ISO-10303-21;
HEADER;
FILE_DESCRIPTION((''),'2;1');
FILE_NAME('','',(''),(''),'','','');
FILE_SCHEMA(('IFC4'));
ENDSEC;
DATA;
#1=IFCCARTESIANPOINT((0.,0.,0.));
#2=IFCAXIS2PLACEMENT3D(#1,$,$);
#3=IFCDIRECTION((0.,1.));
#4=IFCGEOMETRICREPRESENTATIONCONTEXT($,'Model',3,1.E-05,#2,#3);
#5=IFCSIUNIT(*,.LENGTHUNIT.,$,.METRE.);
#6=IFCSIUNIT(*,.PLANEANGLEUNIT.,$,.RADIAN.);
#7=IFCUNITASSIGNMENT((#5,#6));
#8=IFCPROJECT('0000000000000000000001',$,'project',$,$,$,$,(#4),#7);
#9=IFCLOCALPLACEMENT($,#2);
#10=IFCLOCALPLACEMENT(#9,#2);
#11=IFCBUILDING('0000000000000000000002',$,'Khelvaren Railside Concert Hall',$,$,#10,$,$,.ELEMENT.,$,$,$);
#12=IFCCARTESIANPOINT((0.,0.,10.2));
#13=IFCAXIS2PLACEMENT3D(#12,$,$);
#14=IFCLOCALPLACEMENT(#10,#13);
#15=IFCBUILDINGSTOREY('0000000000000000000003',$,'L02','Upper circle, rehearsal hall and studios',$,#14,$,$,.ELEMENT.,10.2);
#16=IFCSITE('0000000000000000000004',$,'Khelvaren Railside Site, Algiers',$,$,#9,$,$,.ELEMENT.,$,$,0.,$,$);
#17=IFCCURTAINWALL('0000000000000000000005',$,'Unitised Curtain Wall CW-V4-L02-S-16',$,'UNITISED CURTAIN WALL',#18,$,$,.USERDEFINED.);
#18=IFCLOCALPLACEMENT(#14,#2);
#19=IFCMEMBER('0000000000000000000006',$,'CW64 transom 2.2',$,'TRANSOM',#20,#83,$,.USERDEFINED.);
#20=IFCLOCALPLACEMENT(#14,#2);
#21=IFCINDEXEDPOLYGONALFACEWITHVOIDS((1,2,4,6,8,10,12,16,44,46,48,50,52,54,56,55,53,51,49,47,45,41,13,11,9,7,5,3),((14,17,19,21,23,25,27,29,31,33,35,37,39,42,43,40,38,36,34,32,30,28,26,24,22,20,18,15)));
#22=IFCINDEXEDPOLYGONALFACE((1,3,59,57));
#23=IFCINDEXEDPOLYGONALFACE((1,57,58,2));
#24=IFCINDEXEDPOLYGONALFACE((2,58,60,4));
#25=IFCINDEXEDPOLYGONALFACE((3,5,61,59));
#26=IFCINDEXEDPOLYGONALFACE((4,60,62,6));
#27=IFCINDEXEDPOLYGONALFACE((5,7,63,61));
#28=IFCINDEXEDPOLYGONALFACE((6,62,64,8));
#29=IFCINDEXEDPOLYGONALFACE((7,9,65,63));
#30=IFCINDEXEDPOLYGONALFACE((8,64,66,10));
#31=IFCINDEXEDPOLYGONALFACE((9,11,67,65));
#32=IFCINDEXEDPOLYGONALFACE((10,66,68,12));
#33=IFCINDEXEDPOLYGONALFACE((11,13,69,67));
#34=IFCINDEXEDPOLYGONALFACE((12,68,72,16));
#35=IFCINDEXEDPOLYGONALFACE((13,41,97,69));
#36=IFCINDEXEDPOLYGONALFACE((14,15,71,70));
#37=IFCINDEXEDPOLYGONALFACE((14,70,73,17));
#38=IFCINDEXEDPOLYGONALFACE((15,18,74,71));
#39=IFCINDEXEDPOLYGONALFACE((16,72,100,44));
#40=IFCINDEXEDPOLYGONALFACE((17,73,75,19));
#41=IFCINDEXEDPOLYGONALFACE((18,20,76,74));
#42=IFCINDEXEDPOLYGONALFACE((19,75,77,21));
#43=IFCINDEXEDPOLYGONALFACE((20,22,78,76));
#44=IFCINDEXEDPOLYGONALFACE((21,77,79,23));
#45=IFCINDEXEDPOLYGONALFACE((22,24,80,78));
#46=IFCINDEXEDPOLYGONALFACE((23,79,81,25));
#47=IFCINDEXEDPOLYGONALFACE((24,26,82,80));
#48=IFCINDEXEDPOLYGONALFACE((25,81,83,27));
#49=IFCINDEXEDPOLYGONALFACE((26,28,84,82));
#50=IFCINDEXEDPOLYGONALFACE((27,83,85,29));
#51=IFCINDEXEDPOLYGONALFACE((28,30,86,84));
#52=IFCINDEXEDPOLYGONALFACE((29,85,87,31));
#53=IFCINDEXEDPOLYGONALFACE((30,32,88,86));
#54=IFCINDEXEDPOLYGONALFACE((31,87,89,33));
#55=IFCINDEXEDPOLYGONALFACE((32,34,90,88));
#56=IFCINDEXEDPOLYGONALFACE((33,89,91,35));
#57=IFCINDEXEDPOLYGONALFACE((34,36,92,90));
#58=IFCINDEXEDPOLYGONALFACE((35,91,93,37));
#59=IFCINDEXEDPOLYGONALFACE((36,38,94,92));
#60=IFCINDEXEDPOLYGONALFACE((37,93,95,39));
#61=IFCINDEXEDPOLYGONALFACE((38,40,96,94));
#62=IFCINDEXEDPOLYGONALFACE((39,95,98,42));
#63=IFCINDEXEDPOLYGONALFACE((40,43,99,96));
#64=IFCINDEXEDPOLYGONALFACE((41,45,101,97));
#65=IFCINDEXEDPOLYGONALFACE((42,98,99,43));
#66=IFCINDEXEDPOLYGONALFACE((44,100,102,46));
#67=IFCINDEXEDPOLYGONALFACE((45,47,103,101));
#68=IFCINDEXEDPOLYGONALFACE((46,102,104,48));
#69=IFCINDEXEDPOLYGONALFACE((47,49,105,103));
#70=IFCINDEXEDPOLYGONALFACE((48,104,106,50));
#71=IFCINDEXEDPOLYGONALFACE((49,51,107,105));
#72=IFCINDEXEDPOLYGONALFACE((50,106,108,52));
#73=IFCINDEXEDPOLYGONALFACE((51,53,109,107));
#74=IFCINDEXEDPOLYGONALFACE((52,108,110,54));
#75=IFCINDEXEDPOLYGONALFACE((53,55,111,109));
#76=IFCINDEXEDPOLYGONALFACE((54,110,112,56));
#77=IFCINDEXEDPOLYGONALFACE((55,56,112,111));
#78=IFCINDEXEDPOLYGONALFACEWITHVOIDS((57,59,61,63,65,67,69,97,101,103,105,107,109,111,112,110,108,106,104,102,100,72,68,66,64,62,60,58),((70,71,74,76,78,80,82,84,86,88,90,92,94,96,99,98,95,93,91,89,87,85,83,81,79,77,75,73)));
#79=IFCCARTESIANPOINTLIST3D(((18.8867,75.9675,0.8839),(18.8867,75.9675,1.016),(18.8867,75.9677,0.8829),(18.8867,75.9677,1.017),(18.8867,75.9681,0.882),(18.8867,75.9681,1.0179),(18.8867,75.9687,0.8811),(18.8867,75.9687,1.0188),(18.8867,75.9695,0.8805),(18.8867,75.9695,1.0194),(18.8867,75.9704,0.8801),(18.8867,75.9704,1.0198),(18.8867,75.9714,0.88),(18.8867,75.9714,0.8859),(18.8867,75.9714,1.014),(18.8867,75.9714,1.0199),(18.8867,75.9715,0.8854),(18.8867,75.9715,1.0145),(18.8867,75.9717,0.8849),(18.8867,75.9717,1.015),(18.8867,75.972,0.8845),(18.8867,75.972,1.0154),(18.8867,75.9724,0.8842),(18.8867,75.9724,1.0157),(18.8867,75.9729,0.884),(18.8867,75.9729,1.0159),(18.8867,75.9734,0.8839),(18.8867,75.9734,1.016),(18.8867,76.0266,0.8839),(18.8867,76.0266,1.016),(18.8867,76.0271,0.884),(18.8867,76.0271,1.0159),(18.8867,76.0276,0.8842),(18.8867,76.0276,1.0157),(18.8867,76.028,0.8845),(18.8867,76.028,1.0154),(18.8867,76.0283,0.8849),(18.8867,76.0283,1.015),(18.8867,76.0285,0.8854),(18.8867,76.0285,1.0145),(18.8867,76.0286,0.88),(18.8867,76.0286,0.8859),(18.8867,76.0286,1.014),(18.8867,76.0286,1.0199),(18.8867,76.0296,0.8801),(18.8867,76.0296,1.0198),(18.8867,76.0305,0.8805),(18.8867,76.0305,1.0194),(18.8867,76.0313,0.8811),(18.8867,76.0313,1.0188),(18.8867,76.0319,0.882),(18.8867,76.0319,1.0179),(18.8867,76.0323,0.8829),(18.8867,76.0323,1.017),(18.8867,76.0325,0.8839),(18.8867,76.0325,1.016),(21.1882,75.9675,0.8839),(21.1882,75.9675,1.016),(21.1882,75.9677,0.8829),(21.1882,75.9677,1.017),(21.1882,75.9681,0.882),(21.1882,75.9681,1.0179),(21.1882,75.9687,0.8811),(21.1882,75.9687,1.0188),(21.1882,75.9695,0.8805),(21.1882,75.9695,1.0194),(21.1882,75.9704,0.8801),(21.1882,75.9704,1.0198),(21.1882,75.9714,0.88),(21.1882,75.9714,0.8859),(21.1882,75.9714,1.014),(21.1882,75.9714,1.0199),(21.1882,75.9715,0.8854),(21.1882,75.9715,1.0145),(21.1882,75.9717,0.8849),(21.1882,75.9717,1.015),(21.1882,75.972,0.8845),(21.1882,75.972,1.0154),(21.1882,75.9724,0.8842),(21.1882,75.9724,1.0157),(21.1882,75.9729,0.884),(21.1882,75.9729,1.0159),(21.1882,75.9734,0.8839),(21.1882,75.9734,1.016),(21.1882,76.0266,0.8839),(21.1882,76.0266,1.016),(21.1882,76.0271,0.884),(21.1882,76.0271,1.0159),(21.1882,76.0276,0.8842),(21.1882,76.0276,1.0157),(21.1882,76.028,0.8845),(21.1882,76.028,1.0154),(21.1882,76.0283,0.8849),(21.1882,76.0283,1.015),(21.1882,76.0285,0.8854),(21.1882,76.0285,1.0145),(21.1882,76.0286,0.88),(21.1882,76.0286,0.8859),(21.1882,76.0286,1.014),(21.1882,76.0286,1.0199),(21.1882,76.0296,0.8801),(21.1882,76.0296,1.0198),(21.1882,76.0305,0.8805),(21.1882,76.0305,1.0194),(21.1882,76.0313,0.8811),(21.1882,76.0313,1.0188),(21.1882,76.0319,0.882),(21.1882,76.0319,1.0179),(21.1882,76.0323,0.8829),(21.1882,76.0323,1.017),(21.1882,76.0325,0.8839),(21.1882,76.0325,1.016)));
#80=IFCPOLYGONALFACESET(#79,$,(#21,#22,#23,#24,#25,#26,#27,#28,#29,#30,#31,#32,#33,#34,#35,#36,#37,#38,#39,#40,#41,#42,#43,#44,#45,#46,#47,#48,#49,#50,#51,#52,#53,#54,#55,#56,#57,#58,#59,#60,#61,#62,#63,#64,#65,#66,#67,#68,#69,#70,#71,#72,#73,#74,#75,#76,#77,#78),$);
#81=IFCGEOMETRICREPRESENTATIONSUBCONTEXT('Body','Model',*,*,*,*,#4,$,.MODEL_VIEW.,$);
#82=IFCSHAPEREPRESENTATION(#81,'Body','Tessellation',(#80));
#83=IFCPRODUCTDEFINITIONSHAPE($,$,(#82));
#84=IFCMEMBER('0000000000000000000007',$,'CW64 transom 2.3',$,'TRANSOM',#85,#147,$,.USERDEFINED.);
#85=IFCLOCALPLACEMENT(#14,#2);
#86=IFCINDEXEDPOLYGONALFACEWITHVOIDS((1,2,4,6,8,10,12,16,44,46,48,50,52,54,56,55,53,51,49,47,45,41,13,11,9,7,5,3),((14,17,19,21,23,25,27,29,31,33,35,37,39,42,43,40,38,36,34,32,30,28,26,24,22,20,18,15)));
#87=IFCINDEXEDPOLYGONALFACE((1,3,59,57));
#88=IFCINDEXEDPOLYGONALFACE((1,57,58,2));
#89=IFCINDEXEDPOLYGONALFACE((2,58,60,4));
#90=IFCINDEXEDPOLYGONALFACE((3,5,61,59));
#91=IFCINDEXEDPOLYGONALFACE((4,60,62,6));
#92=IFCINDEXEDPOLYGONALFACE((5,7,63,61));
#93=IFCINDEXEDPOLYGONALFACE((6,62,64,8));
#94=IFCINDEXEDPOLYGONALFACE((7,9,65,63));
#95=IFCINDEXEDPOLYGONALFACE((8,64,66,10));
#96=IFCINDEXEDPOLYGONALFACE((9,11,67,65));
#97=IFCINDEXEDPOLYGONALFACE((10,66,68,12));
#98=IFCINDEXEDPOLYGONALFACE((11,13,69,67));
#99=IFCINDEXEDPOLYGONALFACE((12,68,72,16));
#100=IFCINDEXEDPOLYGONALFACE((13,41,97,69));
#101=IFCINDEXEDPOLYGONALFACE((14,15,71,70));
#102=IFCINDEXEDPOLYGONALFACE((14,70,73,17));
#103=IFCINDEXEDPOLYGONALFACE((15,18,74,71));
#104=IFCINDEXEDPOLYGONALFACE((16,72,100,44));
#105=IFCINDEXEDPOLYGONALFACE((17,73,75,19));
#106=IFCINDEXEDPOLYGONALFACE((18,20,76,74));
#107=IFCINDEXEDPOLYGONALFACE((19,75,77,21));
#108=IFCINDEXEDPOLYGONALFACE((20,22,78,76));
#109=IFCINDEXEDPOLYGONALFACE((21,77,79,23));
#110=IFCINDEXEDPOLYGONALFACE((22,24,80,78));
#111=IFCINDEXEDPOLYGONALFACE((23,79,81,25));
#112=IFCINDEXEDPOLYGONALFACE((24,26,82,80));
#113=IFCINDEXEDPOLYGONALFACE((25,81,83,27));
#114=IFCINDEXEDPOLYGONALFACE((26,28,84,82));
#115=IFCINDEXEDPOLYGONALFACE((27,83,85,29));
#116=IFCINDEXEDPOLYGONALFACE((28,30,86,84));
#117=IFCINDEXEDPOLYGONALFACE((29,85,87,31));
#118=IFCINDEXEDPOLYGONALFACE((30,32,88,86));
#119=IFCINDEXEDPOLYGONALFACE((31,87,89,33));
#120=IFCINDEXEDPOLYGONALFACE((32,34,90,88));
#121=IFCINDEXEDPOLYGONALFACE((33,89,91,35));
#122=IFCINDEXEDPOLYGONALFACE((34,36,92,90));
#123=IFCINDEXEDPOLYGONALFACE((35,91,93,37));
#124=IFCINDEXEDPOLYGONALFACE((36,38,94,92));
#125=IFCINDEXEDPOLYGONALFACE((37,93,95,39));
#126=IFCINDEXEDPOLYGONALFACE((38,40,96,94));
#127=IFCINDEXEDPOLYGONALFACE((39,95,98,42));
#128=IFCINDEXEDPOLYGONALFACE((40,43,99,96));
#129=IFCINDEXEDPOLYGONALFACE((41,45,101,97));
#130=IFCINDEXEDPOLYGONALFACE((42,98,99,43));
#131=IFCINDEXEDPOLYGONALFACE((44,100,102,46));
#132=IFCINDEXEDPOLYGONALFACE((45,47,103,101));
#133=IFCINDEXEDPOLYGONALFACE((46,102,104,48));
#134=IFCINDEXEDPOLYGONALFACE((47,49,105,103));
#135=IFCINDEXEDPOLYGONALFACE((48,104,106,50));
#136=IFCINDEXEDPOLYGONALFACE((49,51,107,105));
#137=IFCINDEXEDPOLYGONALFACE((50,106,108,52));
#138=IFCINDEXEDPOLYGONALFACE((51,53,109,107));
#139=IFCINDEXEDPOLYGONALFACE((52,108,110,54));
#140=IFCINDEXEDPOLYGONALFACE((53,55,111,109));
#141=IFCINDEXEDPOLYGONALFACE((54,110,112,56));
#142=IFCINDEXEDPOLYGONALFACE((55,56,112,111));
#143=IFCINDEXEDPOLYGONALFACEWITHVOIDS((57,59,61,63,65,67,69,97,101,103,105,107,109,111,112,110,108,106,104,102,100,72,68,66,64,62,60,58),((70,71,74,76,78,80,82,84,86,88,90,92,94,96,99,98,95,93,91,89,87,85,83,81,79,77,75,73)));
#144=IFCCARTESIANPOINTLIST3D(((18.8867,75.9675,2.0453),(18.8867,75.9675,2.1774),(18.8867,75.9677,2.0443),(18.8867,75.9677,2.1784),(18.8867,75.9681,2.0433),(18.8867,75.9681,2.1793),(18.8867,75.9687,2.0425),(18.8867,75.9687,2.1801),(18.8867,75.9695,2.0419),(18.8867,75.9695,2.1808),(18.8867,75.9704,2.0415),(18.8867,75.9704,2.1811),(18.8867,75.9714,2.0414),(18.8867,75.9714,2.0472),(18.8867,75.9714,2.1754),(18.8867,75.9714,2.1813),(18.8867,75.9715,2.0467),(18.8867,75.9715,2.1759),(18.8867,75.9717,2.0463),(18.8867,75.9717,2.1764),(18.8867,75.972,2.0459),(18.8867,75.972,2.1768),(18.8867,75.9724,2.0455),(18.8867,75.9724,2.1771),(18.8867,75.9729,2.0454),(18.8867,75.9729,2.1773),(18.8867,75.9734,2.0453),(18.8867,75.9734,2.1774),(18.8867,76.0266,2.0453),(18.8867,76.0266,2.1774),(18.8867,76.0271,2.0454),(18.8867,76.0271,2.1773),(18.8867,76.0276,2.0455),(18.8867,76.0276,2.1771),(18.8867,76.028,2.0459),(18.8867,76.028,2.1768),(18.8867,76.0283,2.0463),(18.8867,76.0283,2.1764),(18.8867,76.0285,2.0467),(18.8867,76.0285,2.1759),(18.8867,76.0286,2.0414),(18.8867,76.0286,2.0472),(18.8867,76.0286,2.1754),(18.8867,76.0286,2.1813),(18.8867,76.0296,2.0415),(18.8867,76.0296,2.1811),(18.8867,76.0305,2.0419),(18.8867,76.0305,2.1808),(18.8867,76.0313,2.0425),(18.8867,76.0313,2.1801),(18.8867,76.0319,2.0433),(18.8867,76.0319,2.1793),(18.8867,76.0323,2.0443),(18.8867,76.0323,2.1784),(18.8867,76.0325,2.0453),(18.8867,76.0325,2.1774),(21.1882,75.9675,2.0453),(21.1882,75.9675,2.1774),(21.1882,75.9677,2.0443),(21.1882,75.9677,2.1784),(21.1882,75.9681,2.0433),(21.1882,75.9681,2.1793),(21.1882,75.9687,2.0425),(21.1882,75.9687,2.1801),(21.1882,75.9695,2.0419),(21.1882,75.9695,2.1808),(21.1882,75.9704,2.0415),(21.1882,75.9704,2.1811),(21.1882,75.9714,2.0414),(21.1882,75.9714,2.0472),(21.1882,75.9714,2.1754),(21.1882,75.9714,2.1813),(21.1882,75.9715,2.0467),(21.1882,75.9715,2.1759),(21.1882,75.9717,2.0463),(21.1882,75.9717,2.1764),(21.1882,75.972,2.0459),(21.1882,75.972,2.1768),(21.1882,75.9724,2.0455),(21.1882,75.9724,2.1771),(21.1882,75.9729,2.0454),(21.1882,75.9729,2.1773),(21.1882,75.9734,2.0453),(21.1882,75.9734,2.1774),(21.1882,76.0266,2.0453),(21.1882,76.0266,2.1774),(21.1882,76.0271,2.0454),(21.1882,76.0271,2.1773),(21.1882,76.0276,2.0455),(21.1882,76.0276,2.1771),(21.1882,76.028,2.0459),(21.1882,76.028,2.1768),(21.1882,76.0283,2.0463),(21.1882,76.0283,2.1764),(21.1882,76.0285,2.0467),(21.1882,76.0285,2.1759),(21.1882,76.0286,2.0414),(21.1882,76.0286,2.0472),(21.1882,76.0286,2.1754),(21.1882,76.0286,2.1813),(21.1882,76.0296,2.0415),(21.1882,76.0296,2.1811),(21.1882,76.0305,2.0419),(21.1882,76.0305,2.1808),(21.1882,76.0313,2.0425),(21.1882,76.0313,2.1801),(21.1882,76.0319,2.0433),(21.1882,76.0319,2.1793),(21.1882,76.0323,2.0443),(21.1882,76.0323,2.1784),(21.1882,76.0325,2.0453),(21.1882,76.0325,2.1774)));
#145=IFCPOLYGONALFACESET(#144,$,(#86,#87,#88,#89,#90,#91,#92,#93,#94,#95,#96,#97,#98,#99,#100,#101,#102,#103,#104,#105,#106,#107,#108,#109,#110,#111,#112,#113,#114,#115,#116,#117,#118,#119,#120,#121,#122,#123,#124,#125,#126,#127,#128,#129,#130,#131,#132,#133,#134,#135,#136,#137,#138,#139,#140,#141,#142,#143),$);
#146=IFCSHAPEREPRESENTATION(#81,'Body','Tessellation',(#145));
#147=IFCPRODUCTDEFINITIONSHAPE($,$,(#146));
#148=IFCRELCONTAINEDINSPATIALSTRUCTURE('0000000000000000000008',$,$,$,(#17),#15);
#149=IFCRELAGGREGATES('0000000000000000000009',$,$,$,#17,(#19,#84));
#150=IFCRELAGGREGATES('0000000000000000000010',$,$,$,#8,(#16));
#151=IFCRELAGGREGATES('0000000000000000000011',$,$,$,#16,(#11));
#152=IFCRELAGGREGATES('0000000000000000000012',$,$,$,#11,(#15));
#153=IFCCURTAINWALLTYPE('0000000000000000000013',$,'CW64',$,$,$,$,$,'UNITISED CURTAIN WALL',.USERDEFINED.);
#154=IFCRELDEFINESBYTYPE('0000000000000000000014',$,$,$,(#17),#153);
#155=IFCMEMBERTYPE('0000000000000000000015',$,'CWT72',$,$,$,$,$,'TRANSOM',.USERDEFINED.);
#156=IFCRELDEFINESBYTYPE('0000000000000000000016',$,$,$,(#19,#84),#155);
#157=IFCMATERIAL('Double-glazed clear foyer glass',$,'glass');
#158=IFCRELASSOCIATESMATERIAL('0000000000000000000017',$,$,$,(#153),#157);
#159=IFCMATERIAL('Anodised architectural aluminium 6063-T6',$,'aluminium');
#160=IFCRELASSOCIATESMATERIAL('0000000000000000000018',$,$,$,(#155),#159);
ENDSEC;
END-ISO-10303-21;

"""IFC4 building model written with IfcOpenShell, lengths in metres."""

from ifc_helpers import new_model, si_unit, direction, frame, origin, origin_2d, place, context, subcontext, project, spatial, hollow_rectangle, extrude, material, material_profile, profile_set, type_object, element, aggregate, save


model = new_model("IFC4")

# Units and contexts
model_context = context("Model", 3, precision=1e-05, world=origin(), true_north=direction((0.0, 1.0)))
body_context = subcontext(model_context, "Body", "Model", "MODEL_VIEW")
ifc_project = project(units=[si_unit("LENGTHUNIT", "METRE"), si_unit("PLANEANGLEUNIT", "RADIAN")], contexts=[model_context])

# Site, building, storey
site_placement = place(None, origin())
site = spatial("IfcSite", under=ifc_project, at=site_placement, Name="Khelvaren Railside Site, Algiers", CompositionType="ELEMENT", RefElevation=0.0)
building_placement = place(site_placement, origin())
building = spatial("IfcBuilding", under=site, at=building_placement, Name="Khelvaren Railside Concert Hall", CompositionType="ELEMENT")
storey_placement = place(building_placement, frame((0.0, 0.0, 10.2)))
storey = spatial("IfcBuildingStorey", under=building, at=storey_placement, Name="L02", Description="Upper circle, rehearsal hall and studios", CompositionType="ELEMENT", Elevation=10.2)

# Curtain wall, members
ifc_material_1 = material(Name="Double-glazed clear foyer glass", Category="glass")
curtain_wall_type = type_object("IfcCurtainWallType", Name="CW64", ElementType="UNITISED CURTAIN WALL", PredefinedType="USERDEFINED", material=ifc_material_1)
curtain_wall_placement = place(storey_placement, origin())
curtain_wall = element("IfcCurtainWall", 1, at=curtain_wall_placement, inside=storey, type_object=curtain_wall_type, Name="Unitised Curtain Wall CW-V4-L02-S-16", ObjectType="UNITISED CURTAIN WALL", PredefinedType="USERDEFINED")
ifc_material_2 = material(Name="Anodised architectural aluminium 6063-T6", Category="aluminium")
ifc_material_profile_1 = material_profile(ifc_material_2, hollow_rectangle(XDim=0.0649, YDim=0.1399, WallThickness=0.0039, InnerFilletRadius=0.002, OuterFilletRadius=0.0039, at=origin_2d()), Name="CWT 65x140x4")
ifc_profile_set_1 = profile_set([ifc_material_profile_1], Name="Anodised architectural aluminium 6063-T6")
member_type_1 = type_object("IfcMemberType", Name="CWT72", ElementType="TRANSOM", PredefinedType="USERDEFINED", material=ifc_profile_set_1)
member_1_placement = place(storey_placement, frame((21.1882, 76.0, 0.95), z_axis=(-1.0, 0.0, 0.0), x_axis=(0.0, -1.0, 0.0)))
member_1 = element("IfcMember", 2, at=member_1_placement, type_object=member_type_1, Name="CW64 transom 2.2", ObjectType="TRANSOM", PredefinedType="USERDEFINED", context=body_context, shape_type="SweptSolid", body=[
    extrude(hollow_rectangle(XDim=0.0649, YDim=0.1399, WallThickness=0.0039, InnerFilletRadius=0.002, OuterFilletRadius=0.0039, at=origin_2d()), origin(), (0.0, 0.0, 1.0), 2.3015),
])
member_2_placement = place(storey_placement, frame((21.1882, 76.0, 2.1113), z_axis=(-1.0, 0.0, 0.0), x_axis=(0.0, -1.0, 0.0)))
member_2 = element("IfcMember", 3, at=member_2_placement, type_object=member_type_1, Name="CW64 transom 2.3", ObjectType="TRANSOM", PredefinedType="USERDEFINED", context=body_context, shape_type="SweptSolid", body=[
    extrude(hollow_rectangle(XDim=0.0649, YDim=0.1399, WallThickness=0.0039, InnerFilletRadius=0.002, OuterFilletRadius=0.0039, at=origin_2d()), origin(), (0.0, 0.0, 1.0), 2.3015),
])

aggregate(curtain_wall, [member_1, member_2])

save(model, "model.ifc")
